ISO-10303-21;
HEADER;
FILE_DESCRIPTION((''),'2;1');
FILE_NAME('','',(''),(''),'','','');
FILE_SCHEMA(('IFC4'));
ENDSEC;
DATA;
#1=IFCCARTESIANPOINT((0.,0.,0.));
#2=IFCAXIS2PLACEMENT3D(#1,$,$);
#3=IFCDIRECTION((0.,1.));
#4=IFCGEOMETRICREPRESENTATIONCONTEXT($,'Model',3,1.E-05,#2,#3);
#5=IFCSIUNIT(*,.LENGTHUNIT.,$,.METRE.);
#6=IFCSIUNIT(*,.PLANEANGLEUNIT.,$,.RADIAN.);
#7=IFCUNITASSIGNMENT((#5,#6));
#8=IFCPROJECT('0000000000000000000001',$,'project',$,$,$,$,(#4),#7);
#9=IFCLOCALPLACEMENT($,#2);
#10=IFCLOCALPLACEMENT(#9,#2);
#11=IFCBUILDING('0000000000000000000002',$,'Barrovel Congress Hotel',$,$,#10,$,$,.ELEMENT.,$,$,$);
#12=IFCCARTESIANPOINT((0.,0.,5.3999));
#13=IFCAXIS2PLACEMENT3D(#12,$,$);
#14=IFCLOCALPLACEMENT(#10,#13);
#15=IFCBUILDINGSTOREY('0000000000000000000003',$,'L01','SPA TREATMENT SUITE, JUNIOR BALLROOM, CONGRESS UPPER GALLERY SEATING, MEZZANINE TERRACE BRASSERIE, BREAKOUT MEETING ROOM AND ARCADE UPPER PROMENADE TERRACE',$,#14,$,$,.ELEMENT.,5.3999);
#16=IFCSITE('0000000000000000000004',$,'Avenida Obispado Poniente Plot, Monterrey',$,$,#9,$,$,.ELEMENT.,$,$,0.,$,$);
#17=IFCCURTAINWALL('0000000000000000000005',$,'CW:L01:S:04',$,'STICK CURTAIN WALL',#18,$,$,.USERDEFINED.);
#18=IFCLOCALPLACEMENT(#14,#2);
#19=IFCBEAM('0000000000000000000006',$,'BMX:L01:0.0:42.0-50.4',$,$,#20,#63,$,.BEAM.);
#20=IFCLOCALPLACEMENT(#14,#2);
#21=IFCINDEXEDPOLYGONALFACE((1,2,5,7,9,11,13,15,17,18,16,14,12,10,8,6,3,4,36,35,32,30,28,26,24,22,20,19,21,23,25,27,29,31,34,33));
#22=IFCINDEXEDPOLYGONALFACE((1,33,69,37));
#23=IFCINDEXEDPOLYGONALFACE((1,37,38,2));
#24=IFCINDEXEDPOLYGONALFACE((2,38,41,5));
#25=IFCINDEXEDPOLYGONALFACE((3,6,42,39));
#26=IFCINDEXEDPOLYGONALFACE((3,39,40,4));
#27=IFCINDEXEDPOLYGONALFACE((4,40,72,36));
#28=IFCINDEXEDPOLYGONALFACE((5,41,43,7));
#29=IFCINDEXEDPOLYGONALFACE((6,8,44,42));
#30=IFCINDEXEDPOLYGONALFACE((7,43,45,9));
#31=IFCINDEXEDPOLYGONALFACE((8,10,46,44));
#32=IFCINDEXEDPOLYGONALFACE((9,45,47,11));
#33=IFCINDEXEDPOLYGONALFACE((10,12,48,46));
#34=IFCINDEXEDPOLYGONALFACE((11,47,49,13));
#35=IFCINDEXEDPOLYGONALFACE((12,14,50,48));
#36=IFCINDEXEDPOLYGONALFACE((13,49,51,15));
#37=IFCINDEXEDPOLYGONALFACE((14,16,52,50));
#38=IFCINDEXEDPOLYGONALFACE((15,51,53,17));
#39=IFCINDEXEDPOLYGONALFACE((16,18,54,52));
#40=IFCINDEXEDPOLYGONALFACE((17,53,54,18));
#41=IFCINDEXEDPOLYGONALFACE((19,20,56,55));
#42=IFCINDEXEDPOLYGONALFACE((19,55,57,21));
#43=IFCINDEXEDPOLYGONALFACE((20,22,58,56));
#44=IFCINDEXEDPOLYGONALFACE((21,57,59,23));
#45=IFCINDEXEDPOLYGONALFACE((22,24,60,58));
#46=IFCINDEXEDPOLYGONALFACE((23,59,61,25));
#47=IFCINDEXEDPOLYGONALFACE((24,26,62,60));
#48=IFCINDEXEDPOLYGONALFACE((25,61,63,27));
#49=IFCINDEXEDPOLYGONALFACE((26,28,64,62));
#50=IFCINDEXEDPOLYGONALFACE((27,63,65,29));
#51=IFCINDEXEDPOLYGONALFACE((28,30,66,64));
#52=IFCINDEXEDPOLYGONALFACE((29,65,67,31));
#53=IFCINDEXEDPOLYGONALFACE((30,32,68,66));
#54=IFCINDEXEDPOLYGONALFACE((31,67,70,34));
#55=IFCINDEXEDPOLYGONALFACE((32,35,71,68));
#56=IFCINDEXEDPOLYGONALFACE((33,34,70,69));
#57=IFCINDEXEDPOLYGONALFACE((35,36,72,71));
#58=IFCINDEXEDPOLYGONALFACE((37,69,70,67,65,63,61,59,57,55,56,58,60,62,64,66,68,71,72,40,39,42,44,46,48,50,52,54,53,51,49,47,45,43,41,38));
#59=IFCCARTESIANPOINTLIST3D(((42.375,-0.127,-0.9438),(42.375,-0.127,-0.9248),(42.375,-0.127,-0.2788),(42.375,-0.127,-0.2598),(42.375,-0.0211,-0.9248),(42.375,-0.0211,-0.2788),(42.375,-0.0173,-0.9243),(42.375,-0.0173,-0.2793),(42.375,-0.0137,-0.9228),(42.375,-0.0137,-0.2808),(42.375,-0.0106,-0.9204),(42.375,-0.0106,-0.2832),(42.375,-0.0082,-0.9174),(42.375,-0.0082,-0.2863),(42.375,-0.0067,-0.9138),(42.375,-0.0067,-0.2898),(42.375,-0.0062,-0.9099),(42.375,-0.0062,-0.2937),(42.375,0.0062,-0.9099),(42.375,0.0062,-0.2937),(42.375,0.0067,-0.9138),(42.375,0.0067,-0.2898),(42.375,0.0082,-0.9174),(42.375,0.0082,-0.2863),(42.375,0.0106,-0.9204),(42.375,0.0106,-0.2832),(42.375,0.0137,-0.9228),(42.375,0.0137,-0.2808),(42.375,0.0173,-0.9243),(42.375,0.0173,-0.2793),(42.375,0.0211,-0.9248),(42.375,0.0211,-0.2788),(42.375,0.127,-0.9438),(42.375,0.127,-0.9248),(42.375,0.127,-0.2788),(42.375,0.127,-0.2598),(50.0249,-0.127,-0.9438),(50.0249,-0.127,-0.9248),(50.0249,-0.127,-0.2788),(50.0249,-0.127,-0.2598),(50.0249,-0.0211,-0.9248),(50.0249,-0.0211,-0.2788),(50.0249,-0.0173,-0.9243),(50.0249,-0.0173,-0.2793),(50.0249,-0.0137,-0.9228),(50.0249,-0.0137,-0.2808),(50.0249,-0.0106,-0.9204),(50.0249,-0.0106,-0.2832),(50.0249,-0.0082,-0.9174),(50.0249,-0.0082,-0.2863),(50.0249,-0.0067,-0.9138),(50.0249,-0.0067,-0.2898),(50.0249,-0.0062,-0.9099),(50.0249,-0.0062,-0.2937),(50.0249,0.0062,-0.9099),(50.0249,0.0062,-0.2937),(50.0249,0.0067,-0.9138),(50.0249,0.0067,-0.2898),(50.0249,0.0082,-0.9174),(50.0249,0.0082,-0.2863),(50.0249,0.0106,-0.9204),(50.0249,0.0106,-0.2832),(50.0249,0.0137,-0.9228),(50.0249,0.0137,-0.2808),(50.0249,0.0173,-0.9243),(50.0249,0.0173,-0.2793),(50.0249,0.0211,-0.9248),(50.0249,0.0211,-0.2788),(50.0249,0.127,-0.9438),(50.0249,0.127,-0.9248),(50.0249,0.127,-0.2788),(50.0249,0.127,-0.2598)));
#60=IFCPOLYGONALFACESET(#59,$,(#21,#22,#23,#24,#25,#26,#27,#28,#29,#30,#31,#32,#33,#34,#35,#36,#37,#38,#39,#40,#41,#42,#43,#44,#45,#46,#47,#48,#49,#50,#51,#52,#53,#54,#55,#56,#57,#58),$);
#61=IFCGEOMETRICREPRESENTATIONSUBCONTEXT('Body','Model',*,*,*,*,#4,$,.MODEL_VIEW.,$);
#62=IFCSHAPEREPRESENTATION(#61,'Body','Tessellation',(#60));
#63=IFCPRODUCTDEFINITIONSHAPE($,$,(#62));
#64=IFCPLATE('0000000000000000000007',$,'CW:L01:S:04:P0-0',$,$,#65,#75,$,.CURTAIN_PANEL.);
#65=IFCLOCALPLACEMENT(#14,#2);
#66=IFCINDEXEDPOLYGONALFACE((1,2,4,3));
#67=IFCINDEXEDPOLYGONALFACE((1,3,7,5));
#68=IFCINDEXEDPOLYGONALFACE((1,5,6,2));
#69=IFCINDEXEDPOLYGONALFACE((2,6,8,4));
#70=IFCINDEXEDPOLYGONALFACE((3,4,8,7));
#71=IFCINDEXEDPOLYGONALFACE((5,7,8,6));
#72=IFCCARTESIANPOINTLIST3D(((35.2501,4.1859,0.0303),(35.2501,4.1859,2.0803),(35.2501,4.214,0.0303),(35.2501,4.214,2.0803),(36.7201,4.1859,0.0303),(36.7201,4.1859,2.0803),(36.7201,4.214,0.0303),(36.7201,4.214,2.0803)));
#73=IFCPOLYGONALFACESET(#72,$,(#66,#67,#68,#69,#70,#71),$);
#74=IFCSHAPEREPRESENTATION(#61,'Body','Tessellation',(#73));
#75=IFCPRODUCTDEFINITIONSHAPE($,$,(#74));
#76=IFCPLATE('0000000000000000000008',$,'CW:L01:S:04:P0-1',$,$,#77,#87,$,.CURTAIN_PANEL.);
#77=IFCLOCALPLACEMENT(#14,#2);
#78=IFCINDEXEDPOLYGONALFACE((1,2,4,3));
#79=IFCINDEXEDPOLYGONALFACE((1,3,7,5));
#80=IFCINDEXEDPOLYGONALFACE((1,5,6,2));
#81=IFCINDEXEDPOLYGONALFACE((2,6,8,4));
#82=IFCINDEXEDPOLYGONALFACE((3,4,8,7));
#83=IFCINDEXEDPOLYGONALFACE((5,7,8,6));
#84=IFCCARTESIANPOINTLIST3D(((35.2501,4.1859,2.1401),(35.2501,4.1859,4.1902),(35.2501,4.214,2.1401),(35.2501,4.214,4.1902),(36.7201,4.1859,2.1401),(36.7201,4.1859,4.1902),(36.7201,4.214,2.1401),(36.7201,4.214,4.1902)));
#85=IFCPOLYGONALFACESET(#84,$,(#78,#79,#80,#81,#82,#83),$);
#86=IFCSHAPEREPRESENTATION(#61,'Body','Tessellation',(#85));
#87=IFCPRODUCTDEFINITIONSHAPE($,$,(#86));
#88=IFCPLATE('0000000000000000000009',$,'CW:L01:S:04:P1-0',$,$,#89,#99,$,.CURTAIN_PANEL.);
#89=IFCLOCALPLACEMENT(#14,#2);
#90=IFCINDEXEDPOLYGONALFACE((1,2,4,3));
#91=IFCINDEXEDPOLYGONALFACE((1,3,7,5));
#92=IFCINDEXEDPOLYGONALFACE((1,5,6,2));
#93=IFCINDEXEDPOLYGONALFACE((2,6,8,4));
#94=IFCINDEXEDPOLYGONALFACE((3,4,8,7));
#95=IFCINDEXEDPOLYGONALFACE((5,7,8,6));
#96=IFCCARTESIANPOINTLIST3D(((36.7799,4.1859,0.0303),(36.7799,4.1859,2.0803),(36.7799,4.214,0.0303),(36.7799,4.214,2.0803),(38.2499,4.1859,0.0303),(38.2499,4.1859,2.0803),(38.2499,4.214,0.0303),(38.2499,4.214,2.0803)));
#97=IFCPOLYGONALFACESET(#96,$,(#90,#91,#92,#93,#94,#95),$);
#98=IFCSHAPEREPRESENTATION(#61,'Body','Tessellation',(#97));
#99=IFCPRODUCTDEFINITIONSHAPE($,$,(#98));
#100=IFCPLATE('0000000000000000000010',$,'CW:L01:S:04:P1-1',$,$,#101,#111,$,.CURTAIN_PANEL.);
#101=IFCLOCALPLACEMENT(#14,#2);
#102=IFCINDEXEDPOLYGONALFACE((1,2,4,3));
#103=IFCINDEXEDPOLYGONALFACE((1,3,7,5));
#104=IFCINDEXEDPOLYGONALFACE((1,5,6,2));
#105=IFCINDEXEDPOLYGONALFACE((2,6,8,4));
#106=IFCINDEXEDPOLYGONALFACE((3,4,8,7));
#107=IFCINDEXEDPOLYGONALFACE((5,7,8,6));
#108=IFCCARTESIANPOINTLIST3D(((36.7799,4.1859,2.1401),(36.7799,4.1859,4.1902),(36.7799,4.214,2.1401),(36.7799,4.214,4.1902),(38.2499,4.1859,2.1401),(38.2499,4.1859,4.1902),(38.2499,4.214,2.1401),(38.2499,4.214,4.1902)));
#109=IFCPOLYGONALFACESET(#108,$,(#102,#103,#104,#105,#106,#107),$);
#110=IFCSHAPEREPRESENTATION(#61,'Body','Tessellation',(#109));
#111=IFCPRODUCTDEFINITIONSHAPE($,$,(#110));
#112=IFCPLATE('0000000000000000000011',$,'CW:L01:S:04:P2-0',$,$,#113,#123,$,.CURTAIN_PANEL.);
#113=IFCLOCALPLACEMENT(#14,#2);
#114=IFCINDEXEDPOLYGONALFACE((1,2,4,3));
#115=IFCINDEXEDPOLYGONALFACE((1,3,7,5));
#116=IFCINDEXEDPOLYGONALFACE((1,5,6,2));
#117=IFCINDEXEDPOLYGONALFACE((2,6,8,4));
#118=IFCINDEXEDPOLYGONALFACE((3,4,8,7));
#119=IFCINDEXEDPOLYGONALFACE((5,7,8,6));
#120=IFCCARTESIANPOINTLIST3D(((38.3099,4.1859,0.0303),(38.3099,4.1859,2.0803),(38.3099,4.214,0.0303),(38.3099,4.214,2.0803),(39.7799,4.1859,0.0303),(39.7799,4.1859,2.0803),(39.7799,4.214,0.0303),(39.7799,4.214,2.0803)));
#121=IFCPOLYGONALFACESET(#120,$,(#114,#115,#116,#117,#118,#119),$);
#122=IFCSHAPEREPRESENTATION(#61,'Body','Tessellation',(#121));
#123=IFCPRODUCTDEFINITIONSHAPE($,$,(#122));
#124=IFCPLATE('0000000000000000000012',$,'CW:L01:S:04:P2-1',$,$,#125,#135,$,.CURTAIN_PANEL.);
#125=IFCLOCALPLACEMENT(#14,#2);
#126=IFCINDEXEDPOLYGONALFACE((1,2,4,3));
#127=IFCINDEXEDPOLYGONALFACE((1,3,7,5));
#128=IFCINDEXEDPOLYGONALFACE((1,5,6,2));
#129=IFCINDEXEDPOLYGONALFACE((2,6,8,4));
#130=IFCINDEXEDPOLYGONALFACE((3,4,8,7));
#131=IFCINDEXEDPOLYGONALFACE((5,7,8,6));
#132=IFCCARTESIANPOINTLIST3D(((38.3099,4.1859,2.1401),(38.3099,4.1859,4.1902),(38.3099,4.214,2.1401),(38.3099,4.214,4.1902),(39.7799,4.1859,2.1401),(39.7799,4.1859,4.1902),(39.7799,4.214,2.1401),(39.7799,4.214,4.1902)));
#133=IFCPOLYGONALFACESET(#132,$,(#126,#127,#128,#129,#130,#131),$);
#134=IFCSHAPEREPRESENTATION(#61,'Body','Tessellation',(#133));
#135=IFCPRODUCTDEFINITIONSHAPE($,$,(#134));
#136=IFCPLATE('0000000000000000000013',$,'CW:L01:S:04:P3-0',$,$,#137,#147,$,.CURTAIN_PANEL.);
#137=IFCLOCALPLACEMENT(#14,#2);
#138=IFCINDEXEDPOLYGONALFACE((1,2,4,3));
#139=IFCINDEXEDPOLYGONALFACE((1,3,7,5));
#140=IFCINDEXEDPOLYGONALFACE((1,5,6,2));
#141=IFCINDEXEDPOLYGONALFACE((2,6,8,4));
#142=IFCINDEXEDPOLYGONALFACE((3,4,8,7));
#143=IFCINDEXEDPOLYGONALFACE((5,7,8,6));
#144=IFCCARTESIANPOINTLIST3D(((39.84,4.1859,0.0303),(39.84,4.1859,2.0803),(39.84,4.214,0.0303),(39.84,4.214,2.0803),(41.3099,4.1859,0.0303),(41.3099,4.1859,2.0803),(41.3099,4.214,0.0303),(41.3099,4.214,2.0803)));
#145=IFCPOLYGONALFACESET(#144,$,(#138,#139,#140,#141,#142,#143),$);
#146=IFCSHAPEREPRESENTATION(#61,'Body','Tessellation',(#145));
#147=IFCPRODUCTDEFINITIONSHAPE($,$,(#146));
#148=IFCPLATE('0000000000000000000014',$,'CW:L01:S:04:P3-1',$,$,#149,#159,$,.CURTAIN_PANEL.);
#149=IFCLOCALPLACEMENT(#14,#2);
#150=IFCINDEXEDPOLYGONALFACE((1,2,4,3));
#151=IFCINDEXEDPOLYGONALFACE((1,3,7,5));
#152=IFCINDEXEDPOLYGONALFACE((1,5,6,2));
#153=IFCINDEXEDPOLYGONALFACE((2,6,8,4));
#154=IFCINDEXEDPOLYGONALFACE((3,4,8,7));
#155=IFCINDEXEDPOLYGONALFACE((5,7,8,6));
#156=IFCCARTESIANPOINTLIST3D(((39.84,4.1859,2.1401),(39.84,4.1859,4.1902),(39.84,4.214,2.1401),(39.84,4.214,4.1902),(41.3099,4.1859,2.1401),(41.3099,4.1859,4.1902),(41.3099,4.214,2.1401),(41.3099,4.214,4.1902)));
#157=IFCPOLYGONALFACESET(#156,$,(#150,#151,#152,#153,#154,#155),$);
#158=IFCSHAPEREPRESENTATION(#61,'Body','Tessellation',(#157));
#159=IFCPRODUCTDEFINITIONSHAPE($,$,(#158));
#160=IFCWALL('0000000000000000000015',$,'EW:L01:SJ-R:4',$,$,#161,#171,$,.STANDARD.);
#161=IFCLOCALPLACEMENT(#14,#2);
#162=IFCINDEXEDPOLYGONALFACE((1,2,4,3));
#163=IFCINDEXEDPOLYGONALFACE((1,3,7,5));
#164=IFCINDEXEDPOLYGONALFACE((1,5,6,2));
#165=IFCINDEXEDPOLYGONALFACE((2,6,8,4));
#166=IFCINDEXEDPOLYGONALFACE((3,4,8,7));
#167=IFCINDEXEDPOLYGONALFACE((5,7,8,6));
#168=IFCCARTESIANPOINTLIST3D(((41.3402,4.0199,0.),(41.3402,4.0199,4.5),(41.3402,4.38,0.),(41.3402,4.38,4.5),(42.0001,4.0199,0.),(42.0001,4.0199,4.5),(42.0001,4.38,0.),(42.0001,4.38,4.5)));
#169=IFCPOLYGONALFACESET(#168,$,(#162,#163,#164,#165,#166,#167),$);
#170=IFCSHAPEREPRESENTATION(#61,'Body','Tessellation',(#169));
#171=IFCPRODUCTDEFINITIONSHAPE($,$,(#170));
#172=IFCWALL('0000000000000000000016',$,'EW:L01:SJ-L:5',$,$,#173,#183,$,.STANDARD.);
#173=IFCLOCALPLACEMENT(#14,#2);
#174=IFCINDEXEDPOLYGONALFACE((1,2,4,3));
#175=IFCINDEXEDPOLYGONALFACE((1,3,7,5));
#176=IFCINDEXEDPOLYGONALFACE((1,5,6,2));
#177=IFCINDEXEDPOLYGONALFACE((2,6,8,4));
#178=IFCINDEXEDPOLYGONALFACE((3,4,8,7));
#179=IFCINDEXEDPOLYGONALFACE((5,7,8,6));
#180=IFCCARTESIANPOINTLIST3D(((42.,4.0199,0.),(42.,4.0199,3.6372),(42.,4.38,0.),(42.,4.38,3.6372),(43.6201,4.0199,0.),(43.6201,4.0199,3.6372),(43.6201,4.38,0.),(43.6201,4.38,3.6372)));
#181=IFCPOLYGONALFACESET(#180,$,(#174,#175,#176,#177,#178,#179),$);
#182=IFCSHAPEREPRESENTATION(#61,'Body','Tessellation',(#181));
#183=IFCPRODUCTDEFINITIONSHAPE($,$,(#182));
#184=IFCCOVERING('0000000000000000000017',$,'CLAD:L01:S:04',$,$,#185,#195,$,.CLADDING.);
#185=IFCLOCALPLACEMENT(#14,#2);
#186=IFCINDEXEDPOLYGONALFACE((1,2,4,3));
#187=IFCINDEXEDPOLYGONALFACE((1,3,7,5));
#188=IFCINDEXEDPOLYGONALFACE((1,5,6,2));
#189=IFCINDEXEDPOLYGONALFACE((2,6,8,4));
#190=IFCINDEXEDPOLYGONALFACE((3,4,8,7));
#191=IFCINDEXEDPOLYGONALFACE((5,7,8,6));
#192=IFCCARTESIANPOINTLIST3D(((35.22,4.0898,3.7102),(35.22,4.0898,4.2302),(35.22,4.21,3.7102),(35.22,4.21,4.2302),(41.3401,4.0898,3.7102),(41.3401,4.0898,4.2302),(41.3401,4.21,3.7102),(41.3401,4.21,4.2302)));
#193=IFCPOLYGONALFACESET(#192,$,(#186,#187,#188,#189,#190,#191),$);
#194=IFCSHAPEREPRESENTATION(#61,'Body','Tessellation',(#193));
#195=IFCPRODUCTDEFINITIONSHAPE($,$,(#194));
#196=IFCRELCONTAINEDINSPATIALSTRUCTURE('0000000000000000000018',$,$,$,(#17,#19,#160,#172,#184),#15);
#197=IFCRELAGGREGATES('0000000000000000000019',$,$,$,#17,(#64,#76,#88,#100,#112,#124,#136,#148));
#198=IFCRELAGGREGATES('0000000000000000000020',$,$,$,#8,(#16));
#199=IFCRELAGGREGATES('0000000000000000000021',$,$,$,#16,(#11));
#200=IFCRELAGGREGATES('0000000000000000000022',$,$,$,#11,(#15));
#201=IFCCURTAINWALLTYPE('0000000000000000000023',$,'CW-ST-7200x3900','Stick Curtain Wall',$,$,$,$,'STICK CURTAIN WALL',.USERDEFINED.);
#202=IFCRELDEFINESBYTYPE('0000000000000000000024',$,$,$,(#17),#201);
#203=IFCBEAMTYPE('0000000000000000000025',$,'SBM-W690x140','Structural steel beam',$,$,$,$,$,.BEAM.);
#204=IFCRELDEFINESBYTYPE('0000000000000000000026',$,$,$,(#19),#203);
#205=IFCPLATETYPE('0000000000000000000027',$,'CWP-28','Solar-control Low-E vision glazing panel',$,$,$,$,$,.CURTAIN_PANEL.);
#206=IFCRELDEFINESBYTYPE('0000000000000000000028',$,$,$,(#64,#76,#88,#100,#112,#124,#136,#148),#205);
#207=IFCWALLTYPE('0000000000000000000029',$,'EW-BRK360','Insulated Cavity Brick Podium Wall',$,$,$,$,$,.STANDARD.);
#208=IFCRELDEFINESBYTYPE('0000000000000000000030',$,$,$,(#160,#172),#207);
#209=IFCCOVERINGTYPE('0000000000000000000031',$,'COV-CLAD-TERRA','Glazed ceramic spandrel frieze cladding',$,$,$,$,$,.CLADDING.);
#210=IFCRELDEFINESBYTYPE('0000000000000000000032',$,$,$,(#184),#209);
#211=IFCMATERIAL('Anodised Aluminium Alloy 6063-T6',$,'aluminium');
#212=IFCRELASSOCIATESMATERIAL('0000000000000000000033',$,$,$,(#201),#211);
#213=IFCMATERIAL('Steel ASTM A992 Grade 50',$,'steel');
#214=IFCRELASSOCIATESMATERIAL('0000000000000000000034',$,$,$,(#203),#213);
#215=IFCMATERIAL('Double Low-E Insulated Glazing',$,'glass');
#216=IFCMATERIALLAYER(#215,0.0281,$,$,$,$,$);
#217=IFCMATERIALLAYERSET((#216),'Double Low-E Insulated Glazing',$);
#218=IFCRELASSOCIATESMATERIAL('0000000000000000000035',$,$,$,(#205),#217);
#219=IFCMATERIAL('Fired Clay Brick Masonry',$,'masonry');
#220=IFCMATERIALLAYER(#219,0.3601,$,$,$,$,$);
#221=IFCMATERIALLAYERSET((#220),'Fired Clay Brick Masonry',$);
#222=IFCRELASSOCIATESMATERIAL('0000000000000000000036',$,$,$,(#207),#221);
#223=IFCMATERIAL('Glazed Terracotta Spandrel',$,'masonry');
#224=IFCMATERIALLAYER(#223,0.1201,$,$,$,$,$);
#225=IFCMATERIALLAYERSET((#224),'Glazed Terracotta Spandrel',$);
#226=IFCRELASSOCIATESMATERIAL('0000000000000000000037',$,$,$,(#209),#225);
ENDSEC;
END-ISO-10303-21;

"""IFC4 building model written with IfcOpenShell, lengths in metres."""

from ifc_helpers import new_model, si_unit, direction, frame, frame_2d, origin, origin_2d, place, context, subcontext, project, spatial, rectangle, i_section, extrude, material, layer, layer_set, material_profile, profile_set, type_object, element, aggregate, save


model = new_model("IFC4")

# Units and contexts
model_context = context("Model", 3, precision=1e-05, world=origin(), true_north=direction((0.0, 1.0)))
body_context = subcontext(model_context, "Body", "Model", "MODEL_VIEW")
ifc_project = project(units=[si_unit("LENGTHUNIT", "METRE"), si_unit("PLANEANGLEUNIT", "RADIAN")], contexts=[model_context])

# Site, building, storey
site_placement = place(None, origin())
site = spatial("IfcSite", under=ifc_project, at=site_placement, Name="Avenida Obispado Poniente Plot, Monterrey", CompositionType="ELEMENT", RefElevation=0.0)
building_placement = place(site_placement, origin())
building = spatial("IfcBuilding", under=site, at=building_placement, Name="Barrovel Congress Hotel", CompositionType="ELEMENT")
storey_placement = place(building_placement, frame((0.0, 0.0, 5.3999)))
storey = spatial("IfcBuildingStorey", under=building, at=storey_placement, Name="L01", Description="SPA TREATMENT SUITE, JUNIOR BALLROOM, CONGRESS UPPER GALLERY SEATING, MEZZANINE TERRACE BRASSERIE, BREAKOUT MEETING ROOM AND ARCADE UPPER PROMENADE TERRACE", CompositionType="ELEMENT", Elevation=5.3999)

# Curtain wall
ifc_material_1 = material(Name="Anodised Aluminium Alloy 6063-T6", Category="aluminium")
curtain_wall_type = type_object("IfcCurtainWallType", Name="CW-ST-7200x3900", Description="Stick Curtain Wall", ElementType="STICK CURTAIN WALL", PredefinedType="USERDEFINED", material=ifc_material_1)
curtain_wall_placement = place(storey_placement, origin())
curtain_wall = element("IfcCurtainWall", 1, at=curtain_wall_placement, inside=storey, type_object=curtain_wall_type, Name="CW:L01:S:04", ObjectType="STICK CURTAIN WALL", PredefinedType="USERDEFINED")

# Beam
ifc_material_2 = material(Name="Steel ASTM A992 Grade 50", Category="steel")
ifc_material_profile_1 = material_profile(ifc_material_2, i_section(OverallWidth=0.2539, OverallDepth=0.6841, WebThickness=0.0125, FlangeThickness=0.019, FilletRadius=0.0149, at=origin_2d()), Name="W690x140")
ifc_profile_set_1 = profile_set([ifc_material_profile_1], Name="Steel ASTM A992 Grade 50")
beam_type_1 = type_object("IfcBeamType", Name="SBM-W690x140", Description="Structural steel beam", PredefinedType="BEAM", material=ifc_profile_set_1)
beam_1_placement = place(storey_placement, frame((42.375, 0.0, -0.6018), z_axis=(1.0, 0.0, 0.0), x_axis=(0.0, 1.0, 0.0)))
element("IfcBeam", 2, at=beam_1_placement, inside=storey, type_object=beam_type_1, Name="BMX:L01:0.0:42.0-50.4", PredefinedType="BEAM", context=body_context, shape_type="SweptSolid", body=[
    extrude(i_section(OverallWidth=0.2539, OverallDepth=0.6841, WebThickness=0.0125, FlangeThickness=0.019, FilletRadius=0.0149, at=origin_2d()), origin(), (0.0, 0.0, 1.0), 7.6499),
])

# Plates
ifc_material_3 = material(Name="Double Low-E Insulated Glazing", Category="glass")
ifc_layer_1 = layer(ifc_material_3, 0.0281)
ifc_layer_set_1 = layer_set([ifc_layer_1], Name="Double Low-E Insulated Glazing")
plate_type = type_object("IfcPlateType", Name="CWP-28", Description="Solar-control Low-E vision glazing panel", PredefinedType="CURTAIN_PANEL", material=ifc_layer_set_1)
plate_1_placement = place(storey_placement, frame((35.9851, 4.2, 0.0303), z_axis=(0.0, 0.0, 1.0), x_axis=(1.0, 0.0, 0.0)))
plate_1 = element("IfcPlate", 3, at=plate_1_placement, type_object=plate_type, Name="CW:L01:S:04:P0-0", PredefinedType="CURTAIN_PANEL", context=body_context, shape_type="SweptSolid", body=[
    extrude(rectangle(XDim=1.47, YDim=0.0281, at=origin_2d()), origin(), (0.0, 0.0, 1.0), 2.05),
])
plate_2_placement = place(storey_placement, frame((35.9851, 4.2, 2.1401), z_axis=(0.0, 0.0, 1.0), x_axis=(1.0, 0.0, 0.0)))
plate_2 = element("IfcPlate", 4, at=plate_2_placement, type_object=plate_type, Name="CW:L01:S:04:P0-1", PredefinedType="CURTAIN_PANEL", context=body_context, shape_type="SweptSolid", body=[
    extrude(rectangle(XDim=1.47, YDim=0.0281, at=origin_2d()), origin(), (0.0, 0.0, 1.0), 2.05),
])
plate_3_placement = place(storey_placement, frame((37.5149, 4.2, 0.0303), z_axis=(0.0, 0.0, 1.0), x_axis=(1.0, 0.0, 0.0)))
plate_3 = element("IfcPlate", 5, at=plate_3_placement, type_object=plate_type, Name="CW:L01:S:04:P1-0", PredefinedType="CURTAIN_PANEL", context=body_context, shape_type="SweptSolid", body=[
    extrude(rectangle(XDim=1.47, YDim=0.0281, at=origin_2d()), origin(), (0.0, 0.0, 1.0), 2.05),
])
plate_4_placement = place(storey_placement, frame((37.5149, 4.2, 2.1401), z_axis=(0.0, 0.0, 1.0), x_axis=(1.0, 0.0, 0.0)))
plate_4 = element("IfcPlate", 6, at=plate_4_placement, type_object=plate_type, Name="CW:L01:S:04:P1-1", PredefinedType="CURTAIN_PANEL", context=body_context, shape_type="SweptSolid", body=[
    extrude(rectangle(XDim=1.47, YDim=0.0281, at=origin_2d()), origin(), (0.0, 0.0, 1.0), 2.05),
])
plate_5_placement = place(storey_placement, frame((39.0449, 4.2, 0.0303), z_axis=(0.0, 0.0, 1.0), x_axis=(1.0, 0.0, 0.0)))
plate_5 = element("IfcPlate", 7, at=plate_5_placement, type_object=plate_type, Name="CW:L01:S:04:P2-0", PredefinedType="CURTAIN_PANEL", context=body_context, shape_type="SweptSolid", body=[
    extrude(rectangle(XDim=1.47, YDim=0.0281, at=origin_2d()), origin(), (0.0, 0.0, 1.0), 2.05),
])
plate_6_placement = place(storey_placement, frame((39.0449, 4.2, 2.1401), z_axis=(0.0, 0.0, 1.0), x_axis=(1.0, 0.0, 0.0)))
plate_6 = element("IfcPlate", 8, at=plate_6_placement, type_object=plate_type, Name="CW:L01:S:04:P2-1", PredefinedType="CURTAIN_PANEL", context=body_context, shape_type="SweptSolid", body=[
    extrude(rectangle(XDim=1.47, YDim=0.0281, at=origin_2d()), origin(), (0.0, 0.0, 1.0), 2.05),
])
plate_7_placement = place(storey_placement, frame((40.575, 4.2, 0.0303), z_axis=(0.0, 0.0, 1.0), x_axis=(1.0, 0.0, 0.0)))
plate_7 = element("IfcPlate", 9, at=plate_7_placement, type_object=plate_type, Name="CW:L01:S:04:P3-0", PredefinedType="CURTAIN_PANEL", context=body_context, shape_type="SweptSolid", body=[
    extrude(rectangle(XDim=1.47, YDim=0.0281, at=origin_2d()), origin(), (0.0, 0.0, 1.0), 2.05),
])
plate_8_placement = place(storey_placement, frame((40.575, 4.2, 2.1401), z_axis=(0.0, 0.0, 1.0), x_axis=(1.0, 0.0, 0.0)))
plate_8 = element("IfcPlate", 10, at=plate_8_placement, type_object=plate_type, Name="CW:L01:S:04:P3-1", PredefinedType="CURTAIN_PANEL", context=body_context, shape_type="SweptSolid", body=[
    extrude(rectangle(XDim=1.47, YDim=0.0281, at=origin_2d()), origin(), (0.0, 0.0, 1.0), 2.05),
])
aggregate(curtain_wall, [plate_1, plate_2, plate_3, plate_4, plate_5, plate_6, plate_7, plate_8])

# Walls
ifc_material_4 = material(Name="Fired Clay Brick Masonry", Category="masonry")
ifc_layer_2 = layer(ifc_material_4, 0.3601)
ifc_layer_set_2 = layer_set([ifc_layer_2], Name="Fired Clay Brick Masonry")
wall_type = type_object("IfcWallType", Name="EW-BRK360", Description="Insulated Cavity Brick Podium Wall", PredefinedType="STANDARD", material=ifc_layer_set_2)
wall_1_placement = place(storey_placement, frame((41.3401, 4.2, 0.0), z_axis=(0.0, 0.0, 1.0), x_axis=(1.0, 0.0, 0.0)))
element("IfcWall", 11, at=wall_1_placement, inside=storey, type_object=wall_type, Name="EW:L01:SJ-R:4", PredefinedType="STANDARD", context=body_context, shape_type="SweptSolid", body=[
    extrude(rectangle(XDim=0.6599, YDim=0.3601, at=frame_2d((0.3301, 0.0))), origin(), (0.0, 0.0, 1.0), 4.5),
])
wall_2_placement = place(storey_placement, frame((42.0, 4.2, 0.0), z_axis=(0.0, 0.0, 1.0), x_axis=(1.0, 0.0, 0.0)))
element("IfcWall", 12, at=wall_2_placement, inside=storey, type_object=wall_type, Name="EW:L01:SJ-L:5", PredefinedType="STANDARD", context=body_context, shape_type="SweptSolid", body=[
    extrude(rectangle(XDim=1.6201, YDim=0.3601, at=frame_2d((0.8101, 0.0))), origin(), (0.0, 0.0, 1.0), 3.6372),
])

# Covering
ifc_material_5 = material(Name="Glazed Terracotta Spandrel", Category="masonry")
ifc_layer_3 = layer(ifc_material_5, 0.1201)
ifc_layer_set_3 = layer_set([ifc_layer_3], Name="Glazed Terracotta Spandrel")
covering_type = type_object("IfcCoveringType", Name="COV-CLAD-TERRA", Description="Glazed ceramic spandrel frieze cladding", PredefinedType="CLADDING", material=ifc_layer_set_3)
covering_placement = place(storey_placement, frame((38.28, 4.1499, 3.7102), z_axis=(0.0, 0.0, 1.0), x_axis=(1.0, 0.0, 0.0)))
element("IfcCovering", 13, at=covering_placement, inside=storey, type_object=covering_type, Name="CLAD:L01:S:04", PredefinedType="CLADDING", context=body_context, shape_type="SweptSolid", body=[
    extrude(rectangle(XDim=6.1201, YDim=0.1201, at=origin_2d()), origin(), (0.0, 0.0, 1.0), 0.52),
])

save(model, "model.ifc")
